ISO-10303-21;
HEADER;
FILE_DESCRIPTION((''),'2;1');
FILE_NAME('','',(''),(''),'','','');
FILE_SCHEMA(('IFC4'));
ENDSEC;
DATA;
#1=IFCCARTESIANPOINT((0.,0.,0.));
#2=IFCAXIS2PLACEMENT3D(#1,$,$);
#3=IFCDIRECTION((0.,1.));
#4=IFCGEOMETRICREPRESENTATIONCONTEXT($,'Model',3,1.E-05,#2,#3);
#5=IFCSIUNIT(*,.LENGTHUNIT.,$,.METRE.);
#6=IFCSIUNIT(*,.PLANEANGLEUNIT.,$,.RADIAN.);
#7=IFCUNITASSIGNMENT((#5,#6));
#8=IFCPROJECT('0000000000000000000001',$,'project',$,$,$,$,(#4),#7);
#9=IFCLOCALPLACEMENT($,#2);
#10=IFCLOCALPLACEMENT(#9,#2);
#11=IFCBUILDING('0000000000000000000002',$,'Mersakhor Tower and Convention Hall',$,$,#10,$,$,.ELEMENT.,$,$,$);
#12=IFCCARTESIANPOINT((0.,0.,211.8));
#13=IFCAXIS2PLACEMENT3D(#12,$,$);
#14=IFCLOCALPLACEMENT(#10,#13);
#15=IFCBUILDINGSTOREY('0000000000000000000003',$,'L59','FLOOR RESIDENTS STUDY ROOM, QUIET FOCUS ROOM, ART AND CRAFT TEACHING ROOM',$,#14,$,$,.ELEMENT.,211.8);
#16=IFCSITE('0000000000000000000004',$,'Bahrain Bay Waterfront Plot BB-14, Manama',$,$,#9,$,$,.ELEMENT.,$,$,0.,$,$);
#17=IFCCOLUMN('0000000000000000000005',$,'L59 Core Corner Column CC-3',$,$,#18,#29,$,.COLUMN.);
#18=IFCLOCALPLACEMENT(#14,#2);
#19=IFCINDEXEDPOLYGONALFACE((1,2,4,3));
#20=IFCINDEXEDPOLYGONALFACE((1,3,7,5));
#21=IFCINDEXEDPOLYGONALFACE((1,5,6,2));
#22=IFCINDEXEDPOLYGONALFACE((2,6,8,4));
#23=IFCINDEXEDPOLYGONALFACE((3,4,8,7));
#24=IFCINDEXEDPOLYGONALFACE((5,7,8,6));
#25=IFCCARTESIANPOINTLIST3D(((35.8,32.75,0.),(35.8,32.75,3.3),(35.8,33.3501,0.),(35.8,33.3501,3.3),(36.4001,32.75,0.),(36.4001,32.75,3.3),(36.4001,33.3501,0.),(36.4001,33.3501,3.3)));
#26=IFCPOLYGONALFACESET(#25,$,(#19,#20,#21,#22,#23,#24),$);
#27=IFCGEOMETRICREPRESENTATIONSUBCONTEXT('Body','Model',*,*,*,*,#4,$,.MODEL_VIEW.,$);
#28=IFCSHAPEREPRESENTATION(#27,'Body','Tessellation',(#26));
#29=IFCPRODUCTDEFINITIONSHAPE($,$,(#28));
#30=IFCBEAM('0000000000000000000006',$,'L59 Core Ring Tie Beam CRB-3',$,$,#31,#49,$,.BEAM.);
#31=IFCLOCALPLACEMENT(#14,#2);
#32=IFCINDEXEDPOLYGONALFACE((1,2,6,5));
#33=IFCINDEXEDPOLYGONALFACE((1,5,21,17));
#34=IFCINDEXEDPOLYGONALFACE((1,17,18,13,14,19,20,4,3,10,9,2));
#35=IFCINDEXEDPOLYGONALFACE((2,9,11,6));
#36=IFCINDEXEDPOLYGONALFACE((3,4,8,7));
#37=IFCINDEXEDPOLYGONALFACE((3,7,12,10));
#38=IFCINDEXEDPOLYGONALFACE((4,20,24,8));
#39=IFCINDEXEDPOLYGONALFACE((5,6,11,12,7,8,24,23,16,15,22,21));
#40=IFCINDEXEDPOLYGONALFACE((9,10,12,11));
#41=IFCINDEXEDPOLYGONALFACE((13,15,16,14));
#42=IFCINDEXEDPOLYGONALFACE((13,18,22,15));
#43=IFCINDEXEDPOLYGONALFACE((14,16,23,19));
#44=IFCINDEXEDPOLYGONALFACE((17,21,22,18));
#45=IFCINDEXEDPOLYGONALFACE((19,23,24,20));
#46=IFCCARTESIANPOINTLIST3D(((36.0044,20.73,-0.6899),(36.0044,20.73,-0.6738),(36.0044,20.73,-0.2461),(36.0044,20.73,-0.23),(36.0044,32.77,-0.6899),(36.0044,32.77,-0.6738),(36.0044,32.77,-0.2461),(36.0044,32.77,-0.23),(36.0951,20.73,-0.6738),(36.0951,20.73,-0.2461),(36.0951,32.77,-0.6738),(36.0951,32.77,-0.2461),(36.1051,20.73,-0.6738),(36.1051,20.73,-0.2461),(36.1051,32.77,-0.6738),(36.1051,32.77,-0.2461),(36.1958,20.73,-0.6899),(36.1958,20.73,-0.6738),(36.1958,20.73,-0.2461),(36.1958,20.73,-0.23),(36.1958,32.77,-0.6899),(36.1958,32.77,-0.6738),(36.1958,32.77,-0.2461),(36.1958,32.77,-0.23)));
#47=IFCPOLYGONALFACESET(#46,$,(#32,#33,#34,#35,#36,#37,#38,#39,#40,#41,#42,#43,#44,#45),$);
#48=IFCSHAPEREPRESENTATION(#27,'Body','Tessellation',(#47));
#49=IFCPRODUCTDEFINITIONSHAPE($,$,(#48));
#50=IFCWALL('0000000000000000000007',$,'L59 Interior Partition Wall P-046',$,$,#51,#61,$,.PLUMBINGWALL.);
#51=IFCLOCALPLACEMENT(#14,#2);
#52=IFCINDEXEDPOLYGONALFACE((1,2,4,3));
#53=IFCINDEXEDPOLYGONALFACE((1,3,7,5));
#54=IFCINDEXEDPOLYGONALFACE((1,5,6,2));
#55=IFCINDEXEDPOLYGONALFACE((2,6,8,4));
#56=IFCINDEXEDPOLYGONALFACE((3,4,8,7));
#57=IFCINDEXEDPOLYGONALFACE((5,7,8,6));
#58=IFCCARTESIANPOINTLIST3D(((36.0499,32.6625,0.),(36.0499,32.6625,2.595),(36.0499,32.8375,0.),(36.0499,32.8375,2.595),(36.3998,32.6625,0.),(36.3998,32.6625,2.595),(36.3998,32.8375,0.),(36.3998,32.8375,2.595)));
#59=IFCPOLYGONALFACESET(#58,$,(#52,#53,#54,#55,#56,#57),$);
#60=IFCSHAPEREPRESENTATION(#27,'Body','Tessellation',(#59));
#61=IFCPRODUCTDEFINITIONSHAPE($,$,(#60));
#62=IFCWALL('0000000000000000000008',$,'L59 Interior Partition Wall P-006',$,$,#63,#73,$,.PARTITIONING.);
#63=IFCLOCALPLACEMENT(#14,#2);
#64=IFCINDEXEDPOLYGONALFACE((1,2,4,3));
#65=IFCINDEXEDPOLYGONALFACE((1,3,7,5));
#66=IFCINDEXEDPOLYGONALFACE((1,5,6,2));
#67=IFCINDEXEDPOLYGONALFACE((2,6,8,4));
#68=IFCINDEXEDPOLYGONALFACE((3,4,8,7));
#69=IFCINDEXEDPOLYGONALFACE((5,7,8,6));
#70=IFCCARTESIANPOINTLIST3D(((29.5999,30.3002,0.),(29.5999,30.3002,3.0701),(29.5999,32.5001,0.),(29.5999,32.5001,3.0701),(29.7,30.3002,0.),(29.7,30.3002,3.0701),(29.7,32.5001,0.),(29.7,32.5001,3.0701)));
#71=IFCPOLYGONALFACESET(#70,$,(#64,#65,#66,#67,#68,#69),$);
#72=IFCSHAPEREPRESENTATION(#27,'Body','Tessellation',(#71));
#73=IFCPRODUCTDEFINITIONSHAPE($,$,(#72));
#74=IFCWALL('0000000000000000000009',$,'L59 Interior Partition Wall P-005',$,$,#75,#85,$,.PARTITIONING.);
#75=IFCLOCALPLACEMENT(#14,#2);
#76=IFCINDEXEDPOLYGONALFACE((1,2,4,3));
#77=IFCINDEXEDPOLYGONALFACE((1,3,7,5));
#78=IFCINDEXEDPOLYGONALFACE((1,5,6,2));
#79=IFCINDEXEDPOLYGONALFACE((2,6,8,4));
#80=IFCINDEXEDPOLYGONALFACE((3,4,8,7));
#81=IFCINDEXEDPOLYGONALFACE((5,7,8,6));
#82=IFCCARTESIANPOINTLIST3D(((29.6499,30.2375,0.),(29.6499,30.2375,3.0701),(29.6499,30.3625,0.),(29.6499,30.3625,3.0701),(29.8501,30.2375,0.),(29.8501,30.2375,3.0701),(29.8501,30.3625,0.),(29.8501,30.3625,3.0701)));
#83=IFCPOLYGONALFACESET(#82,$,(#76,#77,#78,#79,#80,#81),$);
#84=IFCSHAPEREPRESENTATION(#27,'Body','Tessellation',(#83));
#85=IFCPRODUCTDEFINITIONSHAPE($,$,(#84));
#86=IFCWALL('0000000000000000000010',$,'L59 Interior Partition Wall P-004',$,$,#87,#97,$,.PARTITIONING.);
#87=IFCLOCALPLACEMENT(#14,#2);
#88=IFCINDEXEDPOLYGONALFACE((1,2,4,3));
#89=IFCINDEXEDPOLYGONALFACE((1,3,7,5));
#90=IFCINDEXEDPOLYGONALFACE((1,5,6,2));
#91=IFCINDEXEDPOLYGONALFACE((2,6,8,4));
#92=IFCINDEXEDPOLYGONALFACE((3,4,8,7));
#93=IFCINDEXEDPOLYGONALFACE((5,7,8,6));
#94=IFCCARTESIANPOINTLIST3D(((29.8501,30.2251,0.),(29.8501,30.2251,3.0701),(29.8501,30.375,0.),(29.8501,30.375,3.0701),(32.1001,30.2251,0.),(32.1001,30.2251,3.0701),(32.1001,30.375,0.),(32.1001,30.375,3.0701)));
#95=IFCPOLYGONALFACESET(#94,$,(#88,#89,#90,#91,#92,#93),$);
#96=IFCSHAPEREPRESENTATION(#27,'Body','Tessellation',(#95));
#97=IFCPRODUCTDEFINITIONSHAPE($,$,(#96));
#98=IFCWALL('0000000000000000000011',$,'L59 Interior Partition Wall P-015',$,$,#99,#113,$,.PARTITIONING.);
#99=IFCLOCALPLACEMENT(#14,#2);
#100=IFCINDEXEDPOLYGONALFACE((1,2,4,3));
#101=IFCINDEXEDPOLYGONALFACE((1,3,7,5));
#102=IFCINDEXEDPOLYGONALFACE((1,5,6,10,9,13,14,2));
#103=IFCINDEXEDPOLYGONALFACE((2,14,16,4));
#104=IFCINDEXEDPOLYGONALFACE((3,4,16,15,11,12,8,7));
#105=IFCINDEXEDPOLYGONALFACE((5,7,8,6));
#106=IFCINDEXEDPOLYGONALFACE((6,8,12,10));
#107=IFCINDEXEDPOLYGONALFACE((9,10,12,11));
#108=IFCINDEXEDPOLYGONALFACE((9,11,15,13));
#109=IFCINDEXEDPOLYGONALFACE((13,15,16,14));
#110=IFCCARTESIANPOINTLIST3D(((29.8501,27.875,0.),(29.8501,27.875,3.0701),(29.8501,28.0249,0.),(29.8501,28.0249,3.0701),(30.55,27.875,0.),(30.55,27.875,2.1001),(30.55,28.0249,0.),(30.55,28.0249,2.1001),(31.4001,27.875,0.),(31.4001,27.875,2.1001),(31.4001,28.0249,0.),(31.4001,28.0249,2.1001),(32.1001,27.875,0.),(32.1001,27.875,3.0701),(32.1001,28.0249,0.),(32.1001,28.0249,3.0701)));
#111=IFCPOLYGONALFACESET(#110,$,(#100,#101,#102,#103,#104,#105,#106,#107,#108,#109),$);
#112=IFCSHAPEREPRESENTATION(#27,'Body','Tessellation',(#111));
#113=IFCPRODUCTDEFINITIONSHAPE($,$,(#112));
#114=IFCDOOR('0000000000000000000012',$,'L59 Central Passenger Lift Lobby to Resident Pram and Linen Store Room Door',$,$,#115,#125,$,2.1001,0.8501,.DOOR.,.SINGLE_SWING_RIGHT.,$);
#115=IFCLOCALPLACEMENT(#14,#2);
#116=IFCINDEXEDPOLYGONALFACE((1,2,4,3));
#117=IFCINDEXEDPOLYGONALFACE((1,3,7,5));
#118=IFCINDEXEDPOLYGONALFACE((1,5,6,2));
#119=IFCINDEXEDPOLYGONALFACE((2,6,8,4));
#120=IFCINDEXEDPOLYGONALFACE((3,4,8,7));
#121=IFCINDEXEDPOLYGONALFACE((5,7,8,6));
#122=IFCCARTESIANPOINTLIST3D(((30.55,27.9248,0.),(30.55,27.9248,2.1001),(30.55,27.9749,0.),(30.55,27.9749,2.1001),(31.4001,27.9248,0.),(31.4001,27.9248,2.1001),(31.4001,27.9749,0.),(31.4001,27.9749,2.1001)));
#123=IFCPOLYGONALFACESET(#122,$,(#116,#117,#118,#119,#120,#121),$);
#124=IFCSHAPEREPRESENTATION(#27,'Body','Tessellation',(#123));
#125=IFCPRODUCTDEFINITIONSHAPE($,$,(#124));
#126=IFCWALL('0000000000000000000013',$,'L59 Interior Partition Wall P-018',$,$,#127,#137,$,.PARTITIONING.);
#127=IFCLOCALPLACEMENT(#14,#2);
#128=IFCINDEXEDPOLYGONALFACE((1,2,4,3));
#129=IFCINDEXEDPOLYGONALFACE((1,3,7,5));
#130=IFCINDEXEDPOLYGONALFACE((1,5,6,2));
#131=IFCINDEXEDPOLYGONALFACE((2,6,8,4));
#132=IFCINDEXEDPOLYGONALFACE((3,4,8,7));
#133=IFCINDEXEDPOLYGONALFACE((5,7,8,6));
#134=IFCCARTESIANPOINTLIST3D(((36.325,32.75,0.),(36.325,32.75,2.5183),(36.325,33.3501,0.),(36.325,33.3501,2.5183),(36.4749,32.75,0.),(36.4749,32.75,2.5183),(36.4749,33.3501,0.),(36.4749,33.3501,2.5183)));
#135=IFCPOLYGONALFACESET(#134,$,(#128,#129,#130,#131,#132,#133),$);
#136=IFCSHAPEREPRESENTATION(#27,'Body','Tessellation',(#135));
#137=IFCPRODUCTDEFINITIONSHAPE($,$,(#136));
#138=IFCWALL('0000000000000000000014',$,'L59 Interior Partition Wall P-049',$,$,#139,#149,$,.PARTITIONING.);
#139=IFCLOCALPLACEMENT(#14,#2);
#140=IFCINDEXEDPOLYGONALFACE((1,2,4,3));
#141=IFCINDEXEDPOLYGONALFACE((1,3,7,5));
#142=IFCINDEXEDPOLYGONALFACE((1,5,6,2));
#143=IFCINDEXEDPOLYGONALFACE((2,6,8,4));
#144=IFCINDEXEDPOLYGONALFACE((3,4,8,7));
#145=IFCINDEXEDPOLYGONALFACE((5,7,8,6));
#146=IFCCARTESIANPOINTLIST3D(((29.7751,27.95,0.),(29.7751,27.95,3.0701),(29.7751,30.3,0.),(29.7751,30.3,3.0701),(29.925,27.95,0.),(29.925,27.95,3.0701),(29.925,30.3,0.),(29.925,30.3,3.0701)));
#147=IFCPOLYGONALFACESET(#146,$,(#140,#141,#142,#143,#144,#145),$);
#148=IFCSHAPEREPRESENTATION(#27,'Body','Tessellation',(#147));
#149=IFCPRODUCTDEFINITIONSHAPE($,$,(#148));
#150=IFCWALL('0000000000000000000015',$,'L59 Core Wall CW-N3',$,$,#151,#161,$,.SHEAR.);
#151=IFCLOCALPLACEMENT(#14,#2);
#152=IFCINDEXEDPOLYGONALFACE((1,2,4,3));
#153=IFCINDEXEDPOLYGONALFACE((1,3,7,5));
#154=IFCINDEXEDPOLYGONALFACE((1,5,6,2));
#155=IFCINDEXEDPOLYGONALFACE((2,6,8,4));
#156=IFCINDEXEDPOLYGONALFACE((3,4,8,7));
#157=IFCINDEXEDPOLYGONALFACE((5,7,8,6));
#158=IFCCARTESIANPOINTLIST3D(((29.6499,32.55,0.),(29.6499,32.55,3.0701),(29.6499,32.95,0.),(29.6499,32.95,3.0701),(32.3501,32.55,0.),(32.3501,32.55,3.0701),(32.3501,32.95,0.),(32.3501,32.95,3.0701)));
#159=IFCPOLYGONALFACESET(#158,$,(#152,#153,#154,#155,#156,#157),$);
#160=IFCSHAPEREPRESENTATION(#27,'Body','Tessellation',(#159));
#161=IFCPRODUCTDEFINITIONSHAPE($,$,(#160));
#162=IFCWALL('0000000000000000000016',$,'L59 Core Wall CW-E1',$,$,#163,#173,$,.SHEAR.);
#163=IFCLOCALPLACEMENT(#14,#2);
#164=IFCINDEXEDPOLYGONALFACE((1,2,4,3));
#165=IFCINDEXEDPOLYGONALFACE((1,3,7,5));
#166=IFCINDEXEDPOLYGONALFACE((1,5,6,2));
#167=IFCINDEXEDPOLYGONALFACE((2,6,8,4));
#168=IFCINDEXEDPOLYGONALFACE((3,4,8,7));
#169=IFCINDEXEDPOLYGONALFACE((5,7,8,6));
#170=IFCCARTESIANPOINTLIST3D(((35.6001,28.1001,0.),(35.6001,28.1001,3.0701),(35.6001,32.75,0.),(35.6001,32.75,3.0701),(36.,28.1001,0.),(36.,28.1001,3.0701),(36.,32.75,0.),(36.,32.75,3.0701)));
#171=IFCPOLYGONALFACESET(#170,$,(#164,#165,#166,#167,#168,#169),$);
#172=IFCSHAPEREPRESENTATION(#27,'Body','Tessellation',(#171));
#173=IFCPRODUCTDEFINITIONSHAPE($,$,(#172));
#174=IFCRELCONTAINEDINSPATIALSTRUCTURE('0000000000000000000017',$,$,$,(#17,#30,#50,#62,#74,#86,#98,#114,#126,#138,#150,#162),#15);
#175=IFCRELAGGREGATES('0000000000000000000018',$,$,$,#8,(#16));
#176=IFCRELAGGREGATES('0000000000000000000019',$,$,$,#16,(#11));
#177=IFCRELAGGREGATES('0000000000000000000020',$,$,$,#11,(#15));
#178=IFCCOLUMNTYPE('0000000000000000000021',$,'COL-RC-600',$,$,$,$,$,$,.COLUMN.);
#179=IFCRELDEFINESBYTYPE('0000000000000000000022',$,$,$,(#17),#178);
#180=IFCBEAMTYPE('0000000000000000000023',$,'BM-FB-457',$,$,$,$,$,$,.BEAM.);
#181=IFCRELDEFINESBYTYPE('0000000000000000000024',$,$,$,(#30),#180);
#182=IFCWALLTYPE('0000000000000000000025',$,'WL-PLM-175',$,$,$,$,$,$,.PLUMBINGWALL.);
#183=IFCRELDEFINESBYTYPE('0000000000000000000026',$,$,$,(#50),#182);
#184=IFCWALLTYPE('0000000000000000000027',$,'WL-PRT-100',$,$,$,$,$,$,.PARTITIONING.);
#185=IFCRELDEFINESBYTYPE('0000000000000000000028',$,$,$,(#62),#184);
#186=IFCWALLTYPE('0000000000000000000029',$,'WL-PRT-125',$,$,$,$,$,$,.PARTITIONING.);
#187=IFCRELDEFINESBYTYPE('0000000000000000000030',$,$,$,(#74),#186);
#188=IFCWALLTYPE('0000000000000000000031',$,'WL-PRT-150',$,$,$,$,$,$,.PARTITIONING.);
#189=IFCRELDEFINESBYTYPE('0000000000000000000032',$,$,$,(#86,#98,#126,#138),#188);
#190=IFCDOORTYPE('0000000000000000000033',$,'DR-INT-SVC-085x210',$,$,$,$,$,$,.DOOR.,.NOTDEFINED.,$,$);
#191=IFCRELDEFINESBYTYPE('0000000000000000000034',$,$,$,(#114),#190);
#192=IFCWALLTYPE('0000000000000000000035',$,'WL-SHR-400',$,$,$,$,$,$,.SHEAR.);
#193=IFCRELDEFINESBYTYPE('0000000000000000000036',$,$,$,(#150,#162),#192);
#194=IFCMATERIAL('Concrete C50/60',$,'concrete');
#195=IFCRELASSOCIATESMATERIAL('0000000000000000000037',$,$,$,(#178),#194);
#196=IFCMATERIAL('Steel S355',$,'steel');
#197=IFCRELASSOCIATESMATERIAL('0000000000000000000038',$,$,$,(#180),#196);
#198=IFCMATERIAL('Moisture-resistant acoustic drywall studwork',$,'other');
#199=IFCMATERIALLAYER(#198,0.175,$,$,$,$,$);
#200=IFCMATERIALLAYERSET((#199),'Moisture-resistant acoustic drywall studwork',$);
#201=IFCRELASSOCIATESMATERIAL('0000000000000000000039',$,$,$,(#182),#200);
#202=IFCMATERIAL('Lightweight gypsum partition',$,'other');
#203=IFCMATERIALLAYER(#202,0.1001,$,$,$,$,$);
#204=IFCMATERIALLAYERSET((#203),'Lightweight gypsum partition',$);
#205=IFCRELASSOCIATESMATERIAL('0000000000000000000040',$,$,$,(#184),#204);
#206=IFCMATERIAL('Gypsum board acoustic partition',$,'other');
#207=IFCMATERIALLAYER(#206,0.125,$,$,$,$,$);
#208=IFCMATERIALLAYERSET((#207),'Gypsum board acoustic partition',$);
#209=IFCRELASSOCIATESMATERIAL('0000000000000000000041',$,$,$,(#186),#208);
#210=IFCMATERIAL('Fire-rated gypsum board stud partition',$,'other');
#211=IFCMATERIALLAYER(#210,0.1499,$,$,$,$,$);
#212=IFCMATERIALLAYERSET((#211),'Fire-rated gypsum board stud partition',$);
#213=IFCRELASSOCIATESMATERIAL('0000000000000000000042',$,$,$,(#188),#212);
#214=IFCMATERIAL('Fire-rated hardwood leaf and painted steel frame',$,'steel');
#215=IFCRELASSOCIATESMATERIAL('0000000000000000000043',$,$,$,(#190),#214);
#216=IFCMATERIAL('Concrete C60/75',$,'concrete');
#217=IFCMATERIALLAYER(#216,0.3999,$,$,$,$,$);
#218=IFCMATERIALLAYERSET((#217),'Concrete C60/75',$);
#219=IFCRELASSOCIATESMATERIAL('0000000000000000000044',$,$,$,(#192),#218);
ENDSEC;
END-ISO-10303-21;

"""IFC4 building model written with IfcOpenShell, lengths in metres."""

from ifc_helpers import new_model, si_unit, direction, frame, frame_2d, origin, origin_2d, place, context, subcontext, project, spatial, rectangle, i_section, extrude, material, layer, layer_set, material_profile, profile_set, type_object, element, fill, save


model = new_model("IFC4")

# Units and contexts
model_context = context("Model", 3, precision=1e-05, world=origin(), true_north=direction((0.0, 1.0)))
body_context = subcontext(model_context, "Body", "Model", "MODEL_VIEW")
ifc_project = project(units=[si_unit("LENGTHUNIT", "METRE"), si_unit("PLANEANGLEUNIT", "RADIAN")], contexts=[model_context])

# Site, building, storey
site_placement = place(None, origin())
site = spatial("IfcSite", under=ifc_project, at=site_placement, Name="Bahrain Bay Waterfront Plot BB-14, Manama", CompositionType="ELEMENT", RefElevation=0.0)
building_placement = place(site_placement, origin())
building = spatial("IfcBuilding", under=site, at=building_placement, Name="Mersakhor Tower and Convention Hall", CompositionType="ELEMENT")
storey_placement = place(building_placement, frame((0.0, 0.0, 211.8)))
storey = spatial("IfcBuildingStorey", under=building, at=storey_placement, Name="L59", Description="FLOOR RESIDENTS STUDY ROOM, QUIET FOCUS ROOM, ART AND CRAFT TEACHING ROOM", CompositionType="ELEMENT", Elevation=211.8)

# Column
ifc_material_1 = material(Name="Concrete C50/60", Category="concrete")
ifc_material_profile_1 = material_profile(ifc_material_1, rectangle(XDim=0.6001, YDim=0.6001, at=origin_2d()), Name="RC 600x600")
ifc_profile_set_1 = profile_set([ifc_material_profile_1], Name="Concrete C50/60")
column_type = type_object("IfcColumnType", Name="COL-RC-600", PredefinedType="COLUMN", material=ifc_profile_set_1)
column_placement = place(storey_placement, frame((36.1001, 33.05, 0.0), z_axis=(0.0, 0.0, 1.0), x_axis=(1.0, 0.0, 0.0)))
element("IfcColumn", 1, at=column_placement, inside=storey, type_object=column_type, Name="L59 Core Corner Column CC-3", PredefinedType="COLUMN", context=body_context, shape_type="SweptSolid", body=[
    extrude(rectangle(XDim=0.6001, YDim=0.6001, at=origin_2d()), origin(), (0.0, 0.0, 1.0), 3.3),
])

# Beam
ifc_material_2 = material(Name="Steel S355", Category="steel")
ifc_material_profile_2 = material_profile(ifc_material_2, i_section(OverallWidth=0.1914, OverallDepth=0.46, WebThickness=0.01, FlangeThickness=0.0161, at=origin_2d()), Name="UB 457x191x82")
ifc_profile_set_2 = profile_set([ifc_material_profile_2], Name="Steel S355")
beam_type = type_object("IfcBeamType", Name="BM-FB-457", PredefinedType="BEAM", material=ifc_profile_set_2)
beam_placement = place(storey_placement, frame((36.1001, 32.77, -0.46), z_axis=(0.0, -1.0, 0.0), x_axis=(1.0, 0.0, 0.0)))
element("IfcBeam", 2, at=beam_placement, inside=storey, type_object=beam_type, Name="L59 Core Ring Tie Beam CRB-3", PredefinedType="BEAM", context=body_context, shape_type="SweptSolid", body=[
    extrude(i_section(OverallWidth=0.1914, OverallDepth=0.46, WebThickness=0.01, FlangeThickness=0.0161, at=origin_2d()), origin(), (0.0, 0.0, 1.0), 12.04),
])

# Walls
ifc_material_3 = material(Name="Moisture-resistant acoustic drywall studwork", Category="other")
ifc_layer_1 = layer(ifc_material_3, 0.175)
ifc_layer_set_1 = layer_set([ifc_layer_1], Name="Moisture-resistant acoustic drywall studwork")
wall_type_1 = type_object("IfcWallType", Name="WL-PLM-175", PredefinedType="PLUMBINGWALL", material=ifc_layer_set_1)
wall_1_placement = place(storey_placement, frame((36.05, 32.75, 0.0), z_axis=(0.0, 0.0, 1.0), x_axis=(1.0, 0.0, 0.0)))
element("IfcWall", 3, at=wall_1_placement, inside=storey, type_object=wall_type_1, Name="L59 Interior Partition Wall P-046", PredefinedType="PLUMBINGWALL", context=body_context, shape_type="SweptSolid", body=[
    extrude(rectangle(XDim=0.3499, YDim=0.175, at=frame_2d((0.1748, 0.0))), origin(), (0.0, 0.0, 1.0), 2.595),
])
ifc_material_4 = material(Name="Lightweight gypsum partition", Category="other")
ifc_layer_2 = layer(ifc_material_4, 0.1001)
ifc_layer_set_2 = layer_set([ifc_layer_2], Name="Lightweight gypsum partition")
wall_type_2 = type_object("IfcWallType", Name="WL-PRT-100", PredefinedType="PARTITIONING", material=ifc_layer_set_2)
wall_2_placement = place(storey_placement, frame((29.6499, 30.3, 0.0), z_axis=(0.0, 0.0, 1.0), x_axis=(0.0, 1.0, 0.0)))
element("IfcWall", 4, at=wall_2_placement, inside=storey, type_object=wall_type_2, Name="L59 Interior Partition Wall P-006", PredefinedType="PARTITIONING", context=body_context, shape_type="SweptSolid", body=[
    extrude(rectangle(XDim=2.2, YDim=0.1001, at=frame_2d((1.1001, 0.0))), origin(), (0.0, 0.0, 1.0), 3.0701),
])
ifc_material_5 = material(Name="Gypsum board acoustic partition", Category="other")
ifc_layer_3 = layer(ifc_material_5, 0.125)
ifc_layer_set_3 = layer_set([ifc_layer_3], Name="Gypsum board acoustic partition")
wall_type_3 = type_object("IfcWallType", Name="WL-PRT-125", PredefinedType="PARTITIONING", material=ifc_layer_set_3)
wall_3_placement = place(storey_placement, frame((29.8501, 30.3, 0.0), z_axis=(0.0, 0.0, 1.0), x_axis=(-1.0, 0.0, 0.0)))
element("IfcWall", 5, at=wall_3_placement, inside=storey, type_object=wall_type_3, Name="L59 Interior Partition Wall P-005", PredefinedType="PARTITIONING", context=body_context, shape_type="SweptSolid", body=[
    extrude(rectangle(XDim=0.2002, YDim=0.125, at=frame_2d((0.1001, 0.0))), origin(), (0.0, 0.0, 1.0), 3.0701),
])
ifc_material_6 = material(Name="Fire-rated gypsum board stud partition", Category="other")
ifc_layer_4 = layer(ifc_material_6, 0.1499)
ifc_layer_set_4 = layer_set([ifc_layer_4], Name="Fire-rated gypsum board stud partition")
wall_type_4 = type_object("IfcWallType", Name="WL-PRT-150", PredefinedType="PARTITIONING", material=ifc_layer_set_4)
wall_4_placement = place(storey_placement, frame((32.1001, 30.3, 0.0), z_axis=(0.0, 0.0, 1.0), x_axis=(-1.0, 0.0, 0.0)))
element("IfcWall", 6, at=wall_4_placement, inside=storey, type_object=wall_type_4, Name="L59 Interior Partition Wall P-004", PredefinedType="PARTITIONING", context=body_context, shape_type="SweptSolid", body=[
    extrude(rectangle(XDim=2.25, YDim=0.1499, at=frame_2d((1.125, 0.0))), origin(), (0.0, 0.0, 1.0), 3.0701),
])

# Wall, opening, door
wall_5_placement = place(storey_placement, frame((29.8501, 27.95, 0.0), z_axis=(0.0, 0.0, 1.0), x_axis=(1.0, 0.0, 0.0)))
wall_5 = element("IfcWall", 7, at=wall_5_placement, inside=storey, type_object=wall_type_4, Name="L59 Interior Partition Wall P-015", PredefinedType="PARTITIONING", context=body_context, shape_type="SweptSolid", body=[
    extrude(rectangle(XDim=2.25, YDim=0.1499, at=frame_2d((1.125, 0.0))), origin(), (0.0, 0.0, 1.0), 3.0701),
])
opening_1_placement = place(wall_5_placement, frame((0.7, 0.0, 0.0)))
opening_1 = element("IfcOpeningElement", 8, at=opening_1_placement, cuts=wall_5, PredefinedType="OPENING", context=body_context, shape_type="SweptSolid", body=[
    extrude(rectangle(XDim=0.8501, YDim=2.1001, at=frame_2d((0.425, 1.05))), frame((0.0, 0.085, 0.0), z_axis=(0.0, -1.0, 0.0), x_axis=(1.0, 0.0, 0.0)), (0.0, 0.0, 1.0), 0.1699),
])
ifc_material_7 = material(Name="Fire-rated hardwood leaf and painted steel frame", Category="steel")
door_type_1 = type_object("IfcDoorType", Name="DR-INT-SVC-085x210", OperationType="NOTDEFINED", PredefinedType="DOOR", material=ifc_material_7)
door_1_placement = place(opening_1_placement, origin())
door_1 = element("IfcDoor", 9, at=door_1_placement, inside=storey, type_object=door_type_1, Name="L59 Central Passenger Lift Lobby to Resident Pram and Linen Store Room Door", OperationType="SINGLE_SWING_RIGHT", OverallHeight=2.1001, OverallWidth=0.8501, PredefinedType="DOOR", context=body_context, shape_type="SweptSolid", body=[
    extrude(rectangle(XDim=0.8501, YDim=2.1001, at=frame_2d((0.425, 1.05))), frame((0.0, 0.0249, 0.0), z_axis=(0.0, -1.0, 0.0), x_axis=(1.0, 0.0, 0.0)), (0.0, 0.0, 1.0), 0.05),
])
fill(opening_1, door_1)

# Walls
wall_6_placement = place(storey_placement, frame((36.3999, 32.75, 0.0), z_axis=(0.0, 0.0, 1.0), x_axis=(0.0, 1.0, 0.0)))
element("IfcWall", 10, at=wall_6_placement, inside=storey, type_object=wall_type_4, Name="L59 Interior Partition Wall P-018", PredefinedType="PARTITIONING", context=body_context, shape_type="SweptSolid", body=[
    extrude(rectangle(XDim=0.6001, YDim=0.1499, at=frame_2d((0.3, 0.0))), origin(), (0.0, 0.0, 1.0), 2.5183),
])
wall_7_placement = place(storey_placement, frame((29.8501, 30.3, 0.0), z_axis=(0.0, 0.0, 1.0), x_axis=(0.0, -1.0, 0.0)))
element("IfcWall", 11, at=wall_7_placement, inside=storey, type_object=wall_type_4, Name="L59 Interior Partition Wall P-049", PredefinedType="PARTITIONING", context=body_context, shape_type="SweptSolid", body=[
    extrude(rectangle(XDim=2.3501, YDim=0.1499, at=frame_2d((1.175, 0.0))), origin(), (0.0, 0.0, 1.0), 3.0701),
])

# Wall
ifc_material_8 = material(Name="Concrete C60/75", Category="concrete")
ifc_layer_5 = layer(ifc_material_8, 0.3999)
ifc_layer_set_5 = layer_set([ifc_layer_5], Name="Concrete C60/75")
wall_type_5 = type_object("IfcWallType", Name="WL-SHR-400", PredefinedType="SHEAR", material=ifc_layer_set_5)
wall_8_placement = place(storey_placement, frame((29.6499, 32.75, 0.0), z_axis=(0.0, 0.0, 1.0), x_axis=(1.0, 0.0, 0.0)))
element("IfcWall", 12, at=wall_8_placement, inside=storey, type_object=wall_type_5, Name="L59 Core Wall CW-N3", PredefinedType="SHEAR", context=body_context, shape_type="SweptSolid", body=[
    extrude(rectangle(XDim=2.7002, YDim=0.3999, at=frame_2d((1.3501, 0.0))), origin(), (0.0, 0.0, 1.0), 3.0701),
])

# Wall
wall_9_placement = place(storey_placement, frame((35.8, 32.75, 0.0), z_axis=(0.0, 0.0, 1.0), x_axis=(0.0, -1.0, 0.0)))
element("IfcWall", 13, at=wall_9_placement, inside=storey, type_object=wall_type_5, Name="L59 Core Wall CW-E1", PredefinedType="SHEAR", context=body_context, shape_type="SweptSolid", body=[
    extrude(rectangle(XDim=4.6499, YDim=0.3999, at=frame_2d((2.325, 0.0))), origin(), (0.0, 0.0, 1.0), 3.0701),
])

save(model, "model.ifc")
